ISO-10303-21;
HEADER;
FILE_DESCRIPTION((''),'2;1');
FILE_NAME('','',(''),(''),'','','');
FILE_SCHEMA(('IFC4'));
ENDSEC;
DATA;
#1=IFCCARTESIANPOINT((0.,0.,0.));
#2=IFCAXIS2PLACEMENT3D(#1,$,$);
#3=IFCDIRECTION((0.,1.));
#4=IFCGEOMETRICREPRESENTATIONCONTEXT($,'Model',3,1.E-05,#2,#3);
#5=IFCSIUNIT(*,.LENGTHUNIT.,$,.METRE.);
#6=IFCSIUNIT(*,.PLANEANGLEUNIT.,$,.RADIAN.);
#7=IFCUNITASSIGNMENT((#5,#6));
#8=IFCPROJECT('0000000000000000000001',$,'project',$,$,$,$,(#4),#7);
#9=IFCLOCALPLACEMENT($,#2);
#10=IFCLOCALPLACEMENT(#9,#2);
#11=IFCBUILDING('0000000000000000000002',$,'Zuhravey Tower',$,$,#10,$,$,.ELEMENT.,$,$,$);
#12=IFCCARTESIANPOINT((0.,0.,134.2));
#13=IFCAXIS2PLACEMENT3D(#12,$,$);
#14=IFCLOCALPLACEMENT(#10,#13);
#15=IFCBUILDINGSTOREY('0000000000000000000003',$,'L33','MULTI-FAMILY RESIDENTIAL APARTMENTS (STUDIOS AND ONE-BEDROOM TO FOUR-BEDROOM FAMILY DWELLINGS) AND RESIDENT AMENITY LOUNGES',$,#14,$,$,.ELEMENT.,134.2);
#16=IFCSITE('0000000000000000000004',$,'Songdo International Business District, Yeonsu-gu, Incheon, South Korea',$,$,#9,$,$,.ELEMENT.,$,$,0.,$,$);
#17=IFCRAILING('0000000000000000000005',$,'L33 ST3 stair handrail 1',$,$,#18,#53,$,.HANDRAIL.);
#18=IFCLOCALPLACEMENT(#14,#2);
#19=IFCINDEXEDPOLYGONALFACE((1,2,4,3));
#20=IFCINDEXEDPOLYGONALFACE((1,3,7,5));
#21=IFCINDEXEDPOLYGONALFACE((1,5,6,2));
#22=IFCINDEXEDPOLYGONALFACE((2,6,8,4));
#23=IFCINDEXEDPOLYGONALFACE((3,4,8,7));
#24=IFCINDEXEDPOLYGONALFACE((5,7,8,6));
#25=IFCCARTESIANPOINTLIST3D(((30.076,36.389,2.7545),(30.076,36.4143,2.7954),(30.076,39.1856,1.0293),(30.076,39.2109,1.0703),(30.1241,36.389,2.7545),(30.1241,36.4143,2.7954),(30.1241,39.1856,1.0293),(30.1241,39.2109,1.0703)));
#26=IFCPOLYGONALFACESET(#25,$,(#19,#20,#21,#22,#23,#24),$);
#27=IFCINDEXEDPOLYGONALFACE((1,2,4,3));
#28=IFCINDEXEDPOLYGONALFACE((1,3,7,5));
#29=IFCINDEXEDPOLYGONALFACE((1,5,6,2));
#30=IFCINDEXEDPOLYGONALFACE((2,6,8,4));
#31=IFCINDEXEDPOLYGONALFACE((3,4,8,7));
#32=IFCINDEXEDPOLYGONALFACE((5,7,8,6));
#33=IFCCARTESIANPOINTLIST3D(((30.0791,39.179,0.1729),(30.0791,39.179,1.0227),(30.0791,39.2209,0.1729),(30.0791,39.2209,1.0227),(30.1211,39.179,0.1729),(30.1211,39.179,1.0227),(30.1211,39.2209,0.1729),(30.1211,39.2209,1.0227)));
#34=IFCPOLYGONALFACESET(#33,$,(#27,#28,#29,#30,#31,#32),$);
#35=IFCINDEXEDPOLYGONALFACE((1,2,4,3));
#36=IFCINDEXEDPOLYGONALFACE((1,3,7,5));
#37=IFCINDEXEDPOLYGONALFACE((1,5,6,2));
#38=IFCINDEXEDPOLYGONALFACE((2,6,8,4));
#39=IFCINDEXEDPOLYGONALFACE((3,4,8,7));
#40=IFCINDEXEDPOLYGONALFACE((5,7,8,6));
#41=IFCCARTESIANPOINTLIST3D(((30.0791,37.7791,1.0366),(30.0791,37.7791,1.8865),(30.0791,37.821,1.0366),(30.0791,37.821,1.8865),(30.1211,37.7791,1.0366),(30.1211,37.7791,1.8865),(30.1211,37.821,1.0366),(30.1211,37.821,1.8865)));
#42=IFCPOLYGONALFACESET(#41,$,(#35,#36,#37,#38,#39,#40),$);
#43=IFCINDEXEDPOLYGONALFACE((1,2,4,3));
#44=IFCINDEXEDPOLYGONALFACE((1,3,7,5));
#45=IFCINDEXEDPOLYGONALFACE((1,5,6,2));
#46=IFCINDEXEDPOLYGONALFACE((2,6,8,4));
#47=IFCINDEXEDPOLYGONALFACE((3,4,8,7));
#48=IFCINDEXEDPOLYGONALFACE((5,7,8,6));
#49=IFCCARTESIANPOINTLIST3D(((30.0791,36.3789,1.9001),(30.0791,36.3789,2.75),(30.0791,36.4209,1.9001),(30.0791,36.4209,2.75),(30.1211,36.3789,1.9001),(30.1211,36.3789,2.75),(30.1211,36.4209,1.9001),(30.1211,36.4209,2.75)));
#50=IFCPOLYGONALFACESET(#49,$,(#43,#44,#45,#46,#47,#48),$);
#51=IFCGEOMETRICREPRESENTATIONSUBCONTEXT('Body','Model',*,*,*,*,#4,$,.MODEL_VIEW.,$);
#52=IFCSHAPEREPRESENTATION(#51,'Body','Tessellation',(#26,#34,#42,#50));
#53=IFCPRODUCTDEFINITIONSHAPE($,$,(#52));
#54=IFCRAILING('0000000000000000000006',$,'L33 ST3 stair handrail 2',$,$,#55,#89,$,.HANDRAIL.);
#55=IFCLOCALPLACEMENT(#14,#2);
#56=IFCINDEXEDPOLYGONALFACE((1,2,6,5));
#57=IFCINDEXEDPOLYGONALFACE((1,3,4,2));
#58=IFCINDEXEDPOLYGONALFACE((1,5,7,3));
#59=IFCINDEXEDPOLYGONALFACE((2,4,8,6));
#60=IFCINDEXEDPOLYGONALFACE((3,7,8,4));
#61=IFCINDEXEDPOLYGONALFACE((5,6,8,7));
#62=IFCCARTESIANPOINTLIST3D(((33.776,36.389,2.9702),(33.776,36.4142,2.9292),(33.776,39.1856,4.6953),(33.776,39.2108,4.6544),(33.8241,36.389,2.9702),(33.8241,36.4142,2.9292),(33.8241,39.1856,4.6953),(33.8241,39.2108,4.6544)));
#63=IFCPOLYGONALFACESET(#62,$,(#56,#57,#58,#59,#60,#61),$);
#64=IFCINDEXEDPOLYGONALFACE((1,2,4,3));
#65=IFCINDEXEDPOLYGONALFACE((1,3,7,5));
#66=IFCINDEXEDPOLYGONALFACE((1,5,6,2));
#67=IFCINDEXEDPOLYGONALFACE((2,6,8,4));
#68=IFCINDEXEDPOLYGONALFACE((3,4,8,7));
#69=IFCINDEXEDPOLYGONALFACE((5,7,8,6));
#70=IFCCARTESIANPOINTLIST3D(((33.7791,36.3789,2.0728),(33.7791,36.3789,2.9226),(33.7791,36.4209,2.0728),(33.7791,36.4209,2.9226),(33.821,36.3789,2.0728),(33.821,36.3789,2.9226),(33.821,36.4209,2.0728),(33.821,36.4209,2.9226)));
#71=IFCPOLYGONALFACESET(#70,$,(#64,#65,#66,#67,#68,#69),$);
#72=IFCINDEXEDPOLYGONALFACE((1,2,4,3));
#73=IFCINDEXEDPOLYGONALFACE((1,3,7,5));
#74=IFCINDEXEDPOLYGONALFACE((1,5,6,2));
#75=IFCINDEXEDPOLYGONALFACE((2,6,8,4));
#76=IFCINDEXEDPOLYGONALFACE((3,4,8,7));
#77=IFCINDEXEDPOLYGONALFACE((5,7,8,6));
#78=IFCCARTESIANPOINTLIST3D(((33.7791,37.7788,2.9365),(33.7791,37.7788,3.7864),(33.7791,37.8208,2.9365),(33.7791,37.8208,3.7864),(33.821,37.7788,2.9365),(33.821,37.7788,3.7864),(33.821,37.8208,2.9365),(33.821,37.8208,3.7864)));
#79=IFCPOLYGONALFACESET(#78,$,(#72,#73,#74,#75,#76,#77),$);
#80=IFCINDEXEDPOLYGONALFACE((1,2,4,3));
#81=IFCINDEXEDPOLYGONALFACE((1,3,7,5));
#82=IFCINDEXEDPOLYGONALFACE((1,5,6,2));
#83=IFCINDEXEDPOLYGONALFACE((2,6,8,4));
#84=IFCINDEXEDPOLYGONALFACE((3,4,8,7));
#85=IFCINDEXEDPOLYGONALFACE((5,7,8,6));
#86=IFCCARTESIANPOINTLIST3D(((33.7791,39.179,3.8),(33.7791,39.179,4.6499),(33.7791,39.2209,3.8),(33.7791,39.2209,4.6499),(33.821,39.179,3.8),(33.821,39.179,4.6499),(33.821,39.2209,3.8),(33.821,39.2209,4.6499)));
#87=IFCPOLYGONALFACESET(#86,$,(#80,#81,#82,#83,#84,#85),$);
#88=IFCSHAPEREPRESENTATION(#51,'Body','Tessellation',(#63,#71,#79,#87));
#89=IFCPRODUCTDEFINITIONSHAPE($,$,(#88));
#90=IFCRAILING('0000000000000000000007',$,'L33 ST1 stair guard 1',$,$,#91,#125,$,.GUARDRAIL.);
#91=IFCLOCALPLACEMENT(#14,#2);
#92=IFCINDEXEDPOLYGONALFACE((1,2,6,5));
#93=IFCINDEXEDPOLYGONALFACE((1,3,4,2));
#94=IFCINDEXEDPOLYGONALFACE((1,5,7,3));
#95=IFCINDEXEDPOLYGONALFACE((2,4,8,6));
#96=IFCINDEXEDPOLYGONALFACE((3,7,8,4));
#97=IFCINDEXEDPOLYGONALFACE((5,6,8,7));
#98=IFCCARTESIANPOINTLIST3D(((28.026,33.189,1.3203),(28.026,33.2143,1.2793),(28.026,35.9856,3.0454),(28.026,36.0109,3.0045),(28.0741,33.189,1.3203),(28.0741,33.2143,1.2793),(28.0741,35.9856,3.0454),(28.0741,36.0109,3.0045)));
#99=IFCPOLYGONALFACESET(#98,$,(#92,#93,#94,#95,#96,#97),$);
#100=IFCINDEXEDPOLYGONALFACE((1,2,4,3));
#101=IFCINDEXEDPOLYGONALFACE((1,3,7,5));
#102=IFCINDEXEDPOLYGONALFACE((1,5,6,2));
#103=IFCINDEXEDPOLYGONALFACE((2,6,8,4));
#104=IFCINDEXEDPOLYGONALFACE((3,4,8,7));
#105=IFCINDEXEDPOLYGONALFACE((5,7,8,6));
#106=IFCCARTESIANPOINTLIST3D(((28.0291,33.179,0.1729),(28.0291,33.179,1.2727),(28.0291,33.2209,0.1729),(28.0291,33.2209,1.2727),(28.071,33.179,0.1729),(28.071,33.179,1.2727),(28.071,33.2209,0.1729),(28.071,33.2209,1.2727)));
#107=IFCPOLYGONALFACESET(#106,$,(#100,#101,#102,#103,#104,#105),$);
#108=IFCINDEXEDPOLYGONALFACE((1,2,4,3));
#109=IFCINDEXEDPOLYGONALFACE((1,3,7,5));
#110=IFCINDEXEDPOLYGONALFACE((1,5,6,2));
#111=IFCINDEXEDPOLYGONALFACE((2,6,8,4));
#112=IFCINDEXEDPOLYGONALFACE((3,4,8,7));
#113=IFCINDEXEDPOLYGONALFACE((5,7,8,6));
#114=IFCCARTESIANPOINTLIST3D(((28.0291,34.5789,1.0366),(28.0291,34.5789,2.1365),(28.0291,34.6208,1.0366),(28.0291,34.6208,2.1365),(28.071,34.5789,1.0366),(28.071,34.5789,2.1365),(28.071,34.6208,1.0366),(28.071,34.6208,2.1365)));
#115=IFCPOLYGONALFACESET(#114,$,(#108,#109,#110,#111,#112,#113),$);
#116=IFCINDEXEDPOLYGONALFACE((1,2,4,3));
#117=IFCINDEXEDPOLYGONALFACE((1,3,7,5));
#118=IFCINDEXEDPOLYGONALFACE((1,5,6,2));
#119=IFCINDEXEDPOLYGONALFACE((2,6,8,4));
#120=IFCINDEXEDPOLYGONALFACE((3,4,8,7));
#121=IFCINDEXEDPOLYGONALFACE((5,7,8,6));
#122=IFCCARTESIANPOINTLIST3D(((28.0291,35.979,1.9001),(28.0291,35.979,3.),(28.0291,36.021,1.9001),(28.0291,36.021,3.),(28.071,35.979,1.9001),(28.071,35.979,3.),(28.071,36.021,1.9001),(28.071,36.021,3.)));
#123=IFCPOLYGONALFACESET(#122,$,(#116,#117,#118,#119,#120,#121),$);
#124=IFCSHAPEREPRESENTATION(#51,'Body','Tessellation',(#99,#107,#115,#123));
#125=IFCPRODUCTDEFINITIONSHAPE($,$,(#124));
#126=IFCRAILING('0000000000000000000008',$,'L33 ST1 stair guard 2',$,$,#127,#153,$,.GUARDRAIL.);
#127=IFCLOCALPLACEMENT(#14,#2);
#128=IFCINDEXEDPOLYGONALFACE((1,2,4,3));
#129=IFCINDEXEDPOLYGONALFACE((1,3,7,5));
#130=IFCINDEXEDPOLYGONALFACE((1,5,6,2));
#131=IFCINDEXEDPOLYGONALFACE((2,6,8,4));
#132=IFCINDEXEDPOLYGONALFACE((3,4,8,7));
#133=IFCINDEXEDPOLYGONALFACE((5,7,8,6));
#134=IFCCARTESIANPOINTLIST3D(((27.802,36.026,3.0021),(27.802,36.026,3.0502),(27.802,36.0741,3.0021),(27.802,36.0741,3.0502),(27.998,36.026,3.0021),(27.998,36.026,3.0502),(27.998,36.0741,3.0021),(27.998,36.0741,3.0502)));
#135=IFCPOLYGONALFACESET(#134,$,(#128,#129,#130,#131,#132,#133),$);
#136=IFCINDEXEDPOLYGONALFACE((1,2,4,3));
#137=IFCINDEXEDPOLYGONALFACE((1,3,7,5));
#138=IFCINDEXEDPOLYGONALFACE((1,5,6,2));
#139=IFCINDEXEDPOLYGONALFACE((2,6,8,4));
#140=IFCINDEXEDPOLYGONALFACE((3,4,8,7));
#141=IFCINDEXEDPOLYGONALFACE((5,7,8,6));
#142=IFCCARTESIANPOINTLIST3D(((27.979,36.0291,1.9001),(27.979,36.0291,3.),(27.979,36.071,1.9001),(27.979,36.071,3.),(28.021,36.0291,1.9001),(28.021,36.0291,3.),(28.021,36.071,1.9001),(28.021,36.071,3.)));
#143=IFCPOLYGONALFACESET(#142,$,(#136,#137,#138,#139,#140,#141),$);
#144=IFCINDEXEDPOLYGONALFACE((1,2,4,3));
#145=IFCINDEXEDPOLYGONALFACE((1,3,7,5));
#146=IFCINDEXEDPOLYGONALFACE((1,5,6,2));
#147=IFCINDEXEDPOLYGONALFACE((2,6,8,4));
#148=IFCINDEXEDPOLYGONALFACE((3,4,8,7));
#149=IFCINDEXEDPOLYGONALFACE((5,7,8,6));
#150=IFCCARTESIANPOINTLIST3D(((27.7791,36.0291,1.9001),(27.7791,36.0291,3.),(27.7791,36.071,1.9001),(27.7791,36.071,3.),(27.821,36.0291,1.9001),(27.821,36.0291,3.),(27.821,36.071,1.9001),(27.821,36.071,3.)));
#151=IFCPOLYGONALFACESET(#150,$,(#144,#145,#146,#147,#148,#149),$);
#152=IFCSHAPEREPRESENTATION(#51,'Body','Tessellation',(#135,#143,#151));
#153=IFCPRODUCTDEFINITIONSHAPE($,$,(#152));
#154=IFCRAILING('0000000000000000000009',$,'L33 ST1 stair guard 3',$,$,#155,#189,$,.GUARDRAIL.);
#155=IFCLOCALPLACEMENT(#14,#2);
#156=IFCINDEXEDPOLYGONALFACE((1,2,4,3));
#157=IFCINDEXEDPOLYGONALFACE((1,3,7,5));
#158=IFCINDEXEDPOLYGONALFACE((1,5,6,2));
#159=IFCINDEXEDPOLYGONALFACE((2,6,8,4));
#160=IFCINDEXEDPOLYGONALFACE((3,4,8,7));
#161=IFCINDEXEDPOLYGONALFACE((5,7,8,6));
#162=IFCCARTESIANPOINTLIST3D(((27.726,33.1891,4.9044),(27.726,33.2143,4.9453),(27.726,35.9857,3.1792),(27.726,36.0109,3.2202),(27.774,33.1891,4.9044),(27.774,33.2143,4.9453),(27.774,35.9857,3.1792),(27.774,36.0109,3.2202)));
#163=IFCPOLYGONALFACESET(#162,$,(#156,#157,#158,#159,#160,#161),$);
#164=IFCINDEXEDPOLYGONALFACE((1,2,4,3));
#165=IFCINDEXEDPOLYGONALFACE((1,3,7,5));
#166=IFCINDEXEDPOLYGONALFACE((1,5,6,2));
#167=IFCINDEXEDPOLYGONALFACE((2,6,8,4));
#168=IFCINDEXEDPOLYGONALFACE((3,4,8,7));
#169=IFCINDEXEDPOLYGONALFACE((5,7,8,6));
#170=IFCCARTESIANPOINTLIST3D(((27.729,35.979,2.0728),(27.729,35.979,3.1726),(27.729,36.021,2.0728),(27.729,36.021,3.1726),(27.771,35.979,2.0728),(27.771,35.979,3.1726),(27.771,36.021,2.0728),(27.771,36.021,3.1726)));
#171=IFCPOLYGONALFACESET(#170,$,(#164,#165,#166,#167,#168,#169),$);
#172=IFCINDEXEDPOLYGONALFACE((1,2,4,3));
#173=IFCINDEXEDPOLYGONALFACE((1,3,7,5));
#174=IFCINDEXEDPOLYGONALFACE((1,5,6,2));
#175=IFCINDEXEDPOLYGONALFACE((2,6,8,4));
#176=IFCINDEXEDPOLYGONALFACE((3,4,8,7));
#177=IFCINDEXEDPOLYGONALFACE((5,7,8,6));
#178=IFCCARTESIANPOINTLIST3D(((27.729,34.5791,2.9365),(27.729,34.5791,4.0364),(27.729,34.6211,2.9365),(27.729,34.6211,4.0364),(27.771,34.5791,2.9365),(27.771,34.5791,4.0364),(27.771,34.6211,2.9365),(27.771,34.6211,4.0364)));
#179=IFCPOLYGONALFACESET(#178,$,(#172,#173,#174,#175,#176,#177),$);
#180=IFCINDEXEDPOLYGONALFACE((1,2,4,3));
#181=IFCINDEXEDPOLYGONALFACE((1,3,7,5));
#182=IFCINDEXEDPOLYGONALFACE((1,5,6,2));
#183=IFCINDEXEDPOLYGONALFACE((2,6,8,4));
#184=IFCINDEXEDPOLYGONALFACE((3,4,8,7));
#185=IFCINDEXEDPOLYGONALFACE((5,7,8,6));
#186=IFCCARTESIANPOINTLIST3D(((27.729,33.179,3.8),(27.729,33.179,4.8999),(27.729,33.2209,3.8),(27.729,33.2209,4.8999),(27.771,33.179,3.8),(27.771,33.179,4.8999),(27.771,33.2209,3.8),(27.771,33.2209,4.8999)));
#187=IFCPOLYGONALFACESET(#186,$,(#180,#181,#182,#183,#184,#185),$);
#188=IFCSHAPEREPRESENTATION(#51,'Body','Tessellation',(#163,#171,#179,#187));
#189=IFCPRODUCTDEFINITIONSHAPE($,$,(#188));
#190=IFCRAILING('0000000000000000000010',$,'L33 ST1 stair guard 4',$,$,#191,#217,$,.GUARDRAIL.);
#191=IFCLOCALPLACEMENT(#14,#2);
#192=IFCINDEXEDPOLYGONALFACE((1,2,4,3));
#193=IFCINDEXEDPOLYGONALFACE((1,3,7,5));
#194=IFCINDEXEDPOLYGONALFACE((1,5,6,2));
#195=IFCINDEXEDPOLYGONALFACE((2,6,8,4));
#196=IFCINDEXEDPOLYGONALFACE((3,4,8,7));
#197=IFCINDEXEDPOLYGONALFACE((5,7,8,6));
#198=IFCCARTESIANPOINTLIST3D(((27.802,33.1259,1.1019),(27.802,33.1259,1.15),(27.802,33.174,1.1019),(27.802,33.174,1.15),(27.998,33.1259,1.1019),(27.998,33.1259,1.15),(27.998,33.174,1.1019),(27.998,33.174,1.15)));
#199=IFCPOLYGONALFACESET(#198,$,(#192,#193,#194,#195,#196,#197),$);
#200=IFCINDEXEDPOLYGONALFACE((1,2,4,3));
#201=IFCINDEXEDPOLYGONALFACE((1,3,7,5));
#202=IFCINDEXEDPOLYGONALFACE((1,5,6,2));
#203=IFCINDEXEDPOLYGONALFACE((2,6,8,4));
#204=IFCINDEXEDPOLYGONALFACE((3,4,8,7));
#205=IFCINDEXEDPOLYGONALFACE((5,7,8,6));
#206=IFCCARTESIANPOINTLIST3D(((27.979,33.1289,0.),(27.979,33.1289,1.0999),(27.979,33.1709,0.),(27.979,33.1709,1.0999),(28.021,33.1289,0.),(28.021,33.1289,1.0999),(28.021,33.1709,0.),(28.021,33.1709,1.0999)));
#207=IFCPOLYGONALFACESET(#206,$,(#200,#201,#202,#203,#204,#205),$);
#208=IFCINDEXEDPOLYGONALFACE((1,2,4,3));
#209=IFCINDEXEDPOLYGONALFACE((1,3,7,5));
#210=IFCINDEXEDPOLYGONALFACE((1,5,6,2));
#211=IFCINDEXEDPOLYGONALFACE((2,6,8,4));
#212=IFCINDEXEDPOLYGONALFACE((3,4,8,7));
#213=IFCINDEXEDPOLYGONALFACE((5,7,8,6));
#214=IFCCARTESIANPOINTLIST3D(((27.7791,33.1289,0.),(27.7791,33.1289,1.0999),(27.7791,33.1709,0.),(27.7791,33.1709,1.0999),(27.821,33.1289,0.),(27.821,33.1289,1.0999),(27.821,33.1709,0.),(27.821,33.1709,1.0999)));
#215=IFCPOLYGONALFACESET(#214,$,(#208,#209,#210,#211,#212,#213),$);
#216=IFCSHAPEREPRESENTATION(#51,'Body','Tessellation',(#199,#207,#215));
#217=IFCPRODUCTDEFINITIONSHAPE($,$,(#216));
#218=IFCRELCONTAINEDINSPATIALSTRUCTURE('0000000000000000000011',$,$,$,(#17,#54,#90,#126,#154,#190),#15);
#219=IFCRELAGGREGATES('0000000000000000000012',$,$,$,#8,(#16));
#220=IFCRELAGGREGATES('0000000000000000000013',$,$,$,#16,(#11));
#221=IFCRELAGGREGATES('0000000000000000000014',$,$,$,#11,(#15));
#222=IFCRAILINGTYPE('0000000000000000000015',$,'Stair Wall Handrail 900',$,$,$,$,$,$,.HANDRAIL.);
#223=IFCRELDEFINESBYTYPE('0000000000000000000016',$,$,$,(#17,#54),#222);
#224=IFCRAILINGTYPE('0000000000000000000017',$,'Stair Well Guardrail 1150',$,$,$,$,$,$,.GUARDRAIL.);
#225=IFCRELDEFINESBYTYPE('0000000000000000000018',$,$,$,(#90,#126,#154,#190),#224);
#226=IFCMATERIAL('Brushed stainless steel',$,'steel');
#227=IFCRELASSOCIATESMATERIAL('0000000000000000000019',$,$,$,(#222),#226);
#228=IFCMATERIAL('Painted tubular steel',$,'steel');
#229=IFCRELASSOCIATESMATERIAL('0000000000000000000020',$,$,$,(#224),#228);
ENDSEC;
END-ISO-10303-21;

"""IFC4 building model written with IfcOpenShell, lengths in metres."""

from ifc_helpers import new_model, si_unit, direction, frame, origin, origin_2d, place, context, subcontext, project, spatial, rectangle, extrude, material, type_object, element, save


model = new_model("IFC4")

# Units and contexts
model_context = context("Model", 3, precision=1e-05, world=origin(), true_north=direction((0.0, 1.0)))
body_context = subcontext(model_context, "Body", "Model", "MODEL_VIEW")
ifc_project = project(units=[si_unit("LENGTHUNIT", "METRE"), si_unit("PLANEANGLEUNIT", "RADIAN")], contexts=[model_context])

# Site, building, storey
site_placement = place(None, origin())
site = spatial("IfcSite", under=ifc_project, at=site_placement, Name="Songdo International Business District, Yeonsu-gu, Incheon, South Korea", CompositionType="ELEMENT", RefElevation=0.0)
building_placement = place(site_placement, origin())
building = spatial("IfcBuilding", under=site, at=building_placement, Name="Zuhravey Tower", CompositionType="ELEMENT")
storey_placement = place(building_placement, frame((0.0, 0.0, 134.2)))
storey = spatial("IfcBuildingStorey", under=building, at=storey_placement, Name="L33", Description="MULTI-FAMILY RESIDENTIAL APARTMENTS (STUDIOS AND ONE-BEDROOM TO FOUR-BEDROOM FAMILY DWELLINGS) AND RESIDENT AMENITY LOUNGES", CompositionType="ELEMENT", Elevation=134.2)

# Railings
ifc_material_1 = material(Name="Brushed stainless steel", Category="steel")
railing_type_1 = type_object("IfcRailingType", Name="Stair Wall Handrail 900", PredefinedType="HANDRAIL", material=ifc_material_1)
for number, where, name in (
    (1, (30.1001, 39.2, 0.1729), "L33 ST3 stair handrail 1"),
):
    element("IfcRailing", number, at=place(storey_placement, frame(where)), inside=storey, type_object=railing_type_1, Name=name, PredefinedType="HANDRAIL", context=body_context, shape_type="SweptSolid", body=[
        extrude(rectangle(XDim=0.0481, YDim=0.0481, at=origin_2d()), frame((0.0, -0.0017, 0.877), z_axis=(0.0, -0.85109, 0.52502), x_axis=(1.0, 0.0, 0.0)), (0.0, 0.0, 1.0), 3.2859),
        extrude(rectangle(XDim=0.042, YDim=0.042, at=origin_2d()), origin(), (0.0, 0.0, 1.0), 0.8499),
        extrude(rectangle(XDim=0.042, YDim=0.042, at=origin_2d()), frame((0.0, -1.3999, 0.8638)), (0.0, 0.0, 1.0), 0.8499),
        extrude(rectangle(XDim=0.042, YDim=0.042, at=origin_2d()), frame((0.0, -2.8, 1.7273)), (0.0, 0.0, 1.0), 0.8499),
    ])
railing_1_placement = place(storey_placement, frame((33.8, 36.3999, 2.0728)))
element("IfcRailing", 2, at=railing_1_placement, inside=storey, type_object=railing_type_1, Name="L33 ST3 stair handrail 2", PredefinedType="HANDRAIL", context=body_context, shape_type="SweptSolid", body=[
    extrude(rectangle(XDim=0.0481, YDim=0.0481, at=origin_2d()), frame((0.0, 0.0017, 0.877), z_axis=(0.0, 0.85109, 0.52502), x_axis=(-1.0, 0.0, 0.0)), (0.0, 0.0, 1.0), 3.2859),
    extrude(rectangle(XDim=0.042, YDim=0.042, at=origin_2d()), origin(), (0.0, 0.0, 1.0), 0.8499),
    extrude(rectangle(XDim=0.042, YDim=0.042, at=origin_2d()), frame((0.0, 1.3999, 0.8638)), (0.0, 0.0, 1.0), 0.8499),
    extrude(rectangle(XDim=0.042, YDim=0.042, at=origin_2d()), frame((0.0, 2.8, 1.7273)), (0.0, 0.0, 1.0), 0.8499),
])
ifc_material_2 = material(Name="Painted tubular steel", Category="steel")
railing_type_2 = type_object("IfcRailingType", Name="Stair Well Guardrail 1150", PredefinedType="GUARDRAIL", material=ifc_material_2)
railing_2_placement = place(storey_placement, frame((28.05, 33.2, 0.1729)))
element("IfcRailing", 3, at=railing_2_placement, inside=storey, type_object=railing_type_2, Name="L33 ST1 stair guard 1", PredefinedType="GUARDRAIL", context=body_context, shape_type="SweptSolid", body=[
    extrude(rectangle(XDim=0.0481, YDim=0.0481, at=origin_2d()), frame((0.0, 0.0017, 1.127), z_axis=(0.0, 0.85109, 0.52502), x_axis=(-1.0, 0.0, 0.0)), (0.0, 0.0, 1.0), 3.2859),
    extrude(rectangle(XDim=0.042, YDim=0.042, at=origin_2d()), origin(), (0.0, 0.0, 1.0), 1.0999),
    extrude(rectangle(XDim=0.042, YDim=0.042, at=origin_2d()), frame((0.0, 1.3999, 0.8638)), (0.0, 0.0, 1.0), 1.0999),
    extrude(rectangle(XDim=0.042, YDim=0.042, at=origin_2d()), frame((0.0, 2.8, 1.7273)), (0.0, 0.0, 1.0), 1.0999),
])
railing_3_placement = place(storey_placement, frame((28.0, 36.05, 1.9001)))
element("IfcRailing", 4, at=railing_3_placement, inside=storey, type_object=railing_type_2, Name="L33 ST1 stair guard 2", PredefinedType="GUARDRAIL", context=body_context, shape_type="SweptSolid", body=[
    extrude(rectangle(XDim=0.0481, YDim=0.0481, at=origin_2d()), frame((-0.002, 0.0, 1.126), z_axis=(-1.0, 0.0, 0.0), x_axis=(0.0, -1.0, 0.0)), (0.0, 0.0, 1.0), 0.196),
    extrude(rectangle(XDim=0.042, YDim=0.042, at=origin_2d()), origin(), (0.0, 0.0, 1.0), 1.0999),
    extrude(rectangle(XDim=0.042, YDim=0.042, at=origin_2d()), frame((-0.2, 0.0, 0.0)), (0.0, 0.0, 1.0), 1.0999),
])
railing_4_placement = place(storey_placement, frame((27.75, 36.0, 2.0728)))
element("IfcRailing", 5, at=railing_4_placement, inside=storey, type_object=railing_type_2, Name="L33 ST1 stair guard 3", PredefinedType="GUARDRAIL", context=body_context, shape_type="SweptSolid", body=[
    extrude(rectangle(XDim=0.0481, YDim=0.0481, at=origin_2d()), frame((0.0, -0.0017, 1.127), z_axis=(0.0, -0.85109, 0.52502), x_axis=(1.0, 0.0, 0.0)), (0.0, 0.0, 1.0), 3.2859),
    extrude(rectangle(XDim=0.042, YDim=0.042, at=origin_2d()), origin(), (0.0, 0.0, 1.0), 1.0999),
    extrude(rectangle(XDim=0.042, YDim=0.042, at=origin_2d()), frame((0.0, -1.3999, 0.8638)), (0.0, 0.0, 1.0), 1.0999),
    extrude(rectangle(XDim=0.042, YDim=0.042, at=origin_2d()), frame((0.0, -2.8, 1.7273)), (0.0, 0.0, 1.0), 1.0999),
])
railing_5_placement = place(storey_placement, frame((28.0, 33.1499, 0.0)))
element("IfcRailing", 6, at=railing_5_placement, inside=storey, type_object=railing_type_2, Name="L33 ST1 stair guard 4", PredefinedType="GUARDRAIL", context=body_context, shape_type="SweptSolid", body=[
    extrude(rectangle(XDim=0.0481, YDim=0.0481, at=origin_2d()), frame((-0.002, 0.0, 1.126), z_axis=(-1.0, 0.0, 0.0), x_axis=(0.0, -1.0, 0.0)), (0.0, 0.0, 1.0), 0.196),
    extrude(rectangle(XDim=0.042, YDim=0.042, at=origin_2d()), origin(), (0.0, 0.0, 1.0), 1.0999),
    extrude(rectangle(XDim=0.042, YDim=0.042, at=origin_2d()), frame((-0.2, 0.0, 0.0)), (0.0, 0.0, 1.0), 1.0999),
])

save(model, "model.ifc")
